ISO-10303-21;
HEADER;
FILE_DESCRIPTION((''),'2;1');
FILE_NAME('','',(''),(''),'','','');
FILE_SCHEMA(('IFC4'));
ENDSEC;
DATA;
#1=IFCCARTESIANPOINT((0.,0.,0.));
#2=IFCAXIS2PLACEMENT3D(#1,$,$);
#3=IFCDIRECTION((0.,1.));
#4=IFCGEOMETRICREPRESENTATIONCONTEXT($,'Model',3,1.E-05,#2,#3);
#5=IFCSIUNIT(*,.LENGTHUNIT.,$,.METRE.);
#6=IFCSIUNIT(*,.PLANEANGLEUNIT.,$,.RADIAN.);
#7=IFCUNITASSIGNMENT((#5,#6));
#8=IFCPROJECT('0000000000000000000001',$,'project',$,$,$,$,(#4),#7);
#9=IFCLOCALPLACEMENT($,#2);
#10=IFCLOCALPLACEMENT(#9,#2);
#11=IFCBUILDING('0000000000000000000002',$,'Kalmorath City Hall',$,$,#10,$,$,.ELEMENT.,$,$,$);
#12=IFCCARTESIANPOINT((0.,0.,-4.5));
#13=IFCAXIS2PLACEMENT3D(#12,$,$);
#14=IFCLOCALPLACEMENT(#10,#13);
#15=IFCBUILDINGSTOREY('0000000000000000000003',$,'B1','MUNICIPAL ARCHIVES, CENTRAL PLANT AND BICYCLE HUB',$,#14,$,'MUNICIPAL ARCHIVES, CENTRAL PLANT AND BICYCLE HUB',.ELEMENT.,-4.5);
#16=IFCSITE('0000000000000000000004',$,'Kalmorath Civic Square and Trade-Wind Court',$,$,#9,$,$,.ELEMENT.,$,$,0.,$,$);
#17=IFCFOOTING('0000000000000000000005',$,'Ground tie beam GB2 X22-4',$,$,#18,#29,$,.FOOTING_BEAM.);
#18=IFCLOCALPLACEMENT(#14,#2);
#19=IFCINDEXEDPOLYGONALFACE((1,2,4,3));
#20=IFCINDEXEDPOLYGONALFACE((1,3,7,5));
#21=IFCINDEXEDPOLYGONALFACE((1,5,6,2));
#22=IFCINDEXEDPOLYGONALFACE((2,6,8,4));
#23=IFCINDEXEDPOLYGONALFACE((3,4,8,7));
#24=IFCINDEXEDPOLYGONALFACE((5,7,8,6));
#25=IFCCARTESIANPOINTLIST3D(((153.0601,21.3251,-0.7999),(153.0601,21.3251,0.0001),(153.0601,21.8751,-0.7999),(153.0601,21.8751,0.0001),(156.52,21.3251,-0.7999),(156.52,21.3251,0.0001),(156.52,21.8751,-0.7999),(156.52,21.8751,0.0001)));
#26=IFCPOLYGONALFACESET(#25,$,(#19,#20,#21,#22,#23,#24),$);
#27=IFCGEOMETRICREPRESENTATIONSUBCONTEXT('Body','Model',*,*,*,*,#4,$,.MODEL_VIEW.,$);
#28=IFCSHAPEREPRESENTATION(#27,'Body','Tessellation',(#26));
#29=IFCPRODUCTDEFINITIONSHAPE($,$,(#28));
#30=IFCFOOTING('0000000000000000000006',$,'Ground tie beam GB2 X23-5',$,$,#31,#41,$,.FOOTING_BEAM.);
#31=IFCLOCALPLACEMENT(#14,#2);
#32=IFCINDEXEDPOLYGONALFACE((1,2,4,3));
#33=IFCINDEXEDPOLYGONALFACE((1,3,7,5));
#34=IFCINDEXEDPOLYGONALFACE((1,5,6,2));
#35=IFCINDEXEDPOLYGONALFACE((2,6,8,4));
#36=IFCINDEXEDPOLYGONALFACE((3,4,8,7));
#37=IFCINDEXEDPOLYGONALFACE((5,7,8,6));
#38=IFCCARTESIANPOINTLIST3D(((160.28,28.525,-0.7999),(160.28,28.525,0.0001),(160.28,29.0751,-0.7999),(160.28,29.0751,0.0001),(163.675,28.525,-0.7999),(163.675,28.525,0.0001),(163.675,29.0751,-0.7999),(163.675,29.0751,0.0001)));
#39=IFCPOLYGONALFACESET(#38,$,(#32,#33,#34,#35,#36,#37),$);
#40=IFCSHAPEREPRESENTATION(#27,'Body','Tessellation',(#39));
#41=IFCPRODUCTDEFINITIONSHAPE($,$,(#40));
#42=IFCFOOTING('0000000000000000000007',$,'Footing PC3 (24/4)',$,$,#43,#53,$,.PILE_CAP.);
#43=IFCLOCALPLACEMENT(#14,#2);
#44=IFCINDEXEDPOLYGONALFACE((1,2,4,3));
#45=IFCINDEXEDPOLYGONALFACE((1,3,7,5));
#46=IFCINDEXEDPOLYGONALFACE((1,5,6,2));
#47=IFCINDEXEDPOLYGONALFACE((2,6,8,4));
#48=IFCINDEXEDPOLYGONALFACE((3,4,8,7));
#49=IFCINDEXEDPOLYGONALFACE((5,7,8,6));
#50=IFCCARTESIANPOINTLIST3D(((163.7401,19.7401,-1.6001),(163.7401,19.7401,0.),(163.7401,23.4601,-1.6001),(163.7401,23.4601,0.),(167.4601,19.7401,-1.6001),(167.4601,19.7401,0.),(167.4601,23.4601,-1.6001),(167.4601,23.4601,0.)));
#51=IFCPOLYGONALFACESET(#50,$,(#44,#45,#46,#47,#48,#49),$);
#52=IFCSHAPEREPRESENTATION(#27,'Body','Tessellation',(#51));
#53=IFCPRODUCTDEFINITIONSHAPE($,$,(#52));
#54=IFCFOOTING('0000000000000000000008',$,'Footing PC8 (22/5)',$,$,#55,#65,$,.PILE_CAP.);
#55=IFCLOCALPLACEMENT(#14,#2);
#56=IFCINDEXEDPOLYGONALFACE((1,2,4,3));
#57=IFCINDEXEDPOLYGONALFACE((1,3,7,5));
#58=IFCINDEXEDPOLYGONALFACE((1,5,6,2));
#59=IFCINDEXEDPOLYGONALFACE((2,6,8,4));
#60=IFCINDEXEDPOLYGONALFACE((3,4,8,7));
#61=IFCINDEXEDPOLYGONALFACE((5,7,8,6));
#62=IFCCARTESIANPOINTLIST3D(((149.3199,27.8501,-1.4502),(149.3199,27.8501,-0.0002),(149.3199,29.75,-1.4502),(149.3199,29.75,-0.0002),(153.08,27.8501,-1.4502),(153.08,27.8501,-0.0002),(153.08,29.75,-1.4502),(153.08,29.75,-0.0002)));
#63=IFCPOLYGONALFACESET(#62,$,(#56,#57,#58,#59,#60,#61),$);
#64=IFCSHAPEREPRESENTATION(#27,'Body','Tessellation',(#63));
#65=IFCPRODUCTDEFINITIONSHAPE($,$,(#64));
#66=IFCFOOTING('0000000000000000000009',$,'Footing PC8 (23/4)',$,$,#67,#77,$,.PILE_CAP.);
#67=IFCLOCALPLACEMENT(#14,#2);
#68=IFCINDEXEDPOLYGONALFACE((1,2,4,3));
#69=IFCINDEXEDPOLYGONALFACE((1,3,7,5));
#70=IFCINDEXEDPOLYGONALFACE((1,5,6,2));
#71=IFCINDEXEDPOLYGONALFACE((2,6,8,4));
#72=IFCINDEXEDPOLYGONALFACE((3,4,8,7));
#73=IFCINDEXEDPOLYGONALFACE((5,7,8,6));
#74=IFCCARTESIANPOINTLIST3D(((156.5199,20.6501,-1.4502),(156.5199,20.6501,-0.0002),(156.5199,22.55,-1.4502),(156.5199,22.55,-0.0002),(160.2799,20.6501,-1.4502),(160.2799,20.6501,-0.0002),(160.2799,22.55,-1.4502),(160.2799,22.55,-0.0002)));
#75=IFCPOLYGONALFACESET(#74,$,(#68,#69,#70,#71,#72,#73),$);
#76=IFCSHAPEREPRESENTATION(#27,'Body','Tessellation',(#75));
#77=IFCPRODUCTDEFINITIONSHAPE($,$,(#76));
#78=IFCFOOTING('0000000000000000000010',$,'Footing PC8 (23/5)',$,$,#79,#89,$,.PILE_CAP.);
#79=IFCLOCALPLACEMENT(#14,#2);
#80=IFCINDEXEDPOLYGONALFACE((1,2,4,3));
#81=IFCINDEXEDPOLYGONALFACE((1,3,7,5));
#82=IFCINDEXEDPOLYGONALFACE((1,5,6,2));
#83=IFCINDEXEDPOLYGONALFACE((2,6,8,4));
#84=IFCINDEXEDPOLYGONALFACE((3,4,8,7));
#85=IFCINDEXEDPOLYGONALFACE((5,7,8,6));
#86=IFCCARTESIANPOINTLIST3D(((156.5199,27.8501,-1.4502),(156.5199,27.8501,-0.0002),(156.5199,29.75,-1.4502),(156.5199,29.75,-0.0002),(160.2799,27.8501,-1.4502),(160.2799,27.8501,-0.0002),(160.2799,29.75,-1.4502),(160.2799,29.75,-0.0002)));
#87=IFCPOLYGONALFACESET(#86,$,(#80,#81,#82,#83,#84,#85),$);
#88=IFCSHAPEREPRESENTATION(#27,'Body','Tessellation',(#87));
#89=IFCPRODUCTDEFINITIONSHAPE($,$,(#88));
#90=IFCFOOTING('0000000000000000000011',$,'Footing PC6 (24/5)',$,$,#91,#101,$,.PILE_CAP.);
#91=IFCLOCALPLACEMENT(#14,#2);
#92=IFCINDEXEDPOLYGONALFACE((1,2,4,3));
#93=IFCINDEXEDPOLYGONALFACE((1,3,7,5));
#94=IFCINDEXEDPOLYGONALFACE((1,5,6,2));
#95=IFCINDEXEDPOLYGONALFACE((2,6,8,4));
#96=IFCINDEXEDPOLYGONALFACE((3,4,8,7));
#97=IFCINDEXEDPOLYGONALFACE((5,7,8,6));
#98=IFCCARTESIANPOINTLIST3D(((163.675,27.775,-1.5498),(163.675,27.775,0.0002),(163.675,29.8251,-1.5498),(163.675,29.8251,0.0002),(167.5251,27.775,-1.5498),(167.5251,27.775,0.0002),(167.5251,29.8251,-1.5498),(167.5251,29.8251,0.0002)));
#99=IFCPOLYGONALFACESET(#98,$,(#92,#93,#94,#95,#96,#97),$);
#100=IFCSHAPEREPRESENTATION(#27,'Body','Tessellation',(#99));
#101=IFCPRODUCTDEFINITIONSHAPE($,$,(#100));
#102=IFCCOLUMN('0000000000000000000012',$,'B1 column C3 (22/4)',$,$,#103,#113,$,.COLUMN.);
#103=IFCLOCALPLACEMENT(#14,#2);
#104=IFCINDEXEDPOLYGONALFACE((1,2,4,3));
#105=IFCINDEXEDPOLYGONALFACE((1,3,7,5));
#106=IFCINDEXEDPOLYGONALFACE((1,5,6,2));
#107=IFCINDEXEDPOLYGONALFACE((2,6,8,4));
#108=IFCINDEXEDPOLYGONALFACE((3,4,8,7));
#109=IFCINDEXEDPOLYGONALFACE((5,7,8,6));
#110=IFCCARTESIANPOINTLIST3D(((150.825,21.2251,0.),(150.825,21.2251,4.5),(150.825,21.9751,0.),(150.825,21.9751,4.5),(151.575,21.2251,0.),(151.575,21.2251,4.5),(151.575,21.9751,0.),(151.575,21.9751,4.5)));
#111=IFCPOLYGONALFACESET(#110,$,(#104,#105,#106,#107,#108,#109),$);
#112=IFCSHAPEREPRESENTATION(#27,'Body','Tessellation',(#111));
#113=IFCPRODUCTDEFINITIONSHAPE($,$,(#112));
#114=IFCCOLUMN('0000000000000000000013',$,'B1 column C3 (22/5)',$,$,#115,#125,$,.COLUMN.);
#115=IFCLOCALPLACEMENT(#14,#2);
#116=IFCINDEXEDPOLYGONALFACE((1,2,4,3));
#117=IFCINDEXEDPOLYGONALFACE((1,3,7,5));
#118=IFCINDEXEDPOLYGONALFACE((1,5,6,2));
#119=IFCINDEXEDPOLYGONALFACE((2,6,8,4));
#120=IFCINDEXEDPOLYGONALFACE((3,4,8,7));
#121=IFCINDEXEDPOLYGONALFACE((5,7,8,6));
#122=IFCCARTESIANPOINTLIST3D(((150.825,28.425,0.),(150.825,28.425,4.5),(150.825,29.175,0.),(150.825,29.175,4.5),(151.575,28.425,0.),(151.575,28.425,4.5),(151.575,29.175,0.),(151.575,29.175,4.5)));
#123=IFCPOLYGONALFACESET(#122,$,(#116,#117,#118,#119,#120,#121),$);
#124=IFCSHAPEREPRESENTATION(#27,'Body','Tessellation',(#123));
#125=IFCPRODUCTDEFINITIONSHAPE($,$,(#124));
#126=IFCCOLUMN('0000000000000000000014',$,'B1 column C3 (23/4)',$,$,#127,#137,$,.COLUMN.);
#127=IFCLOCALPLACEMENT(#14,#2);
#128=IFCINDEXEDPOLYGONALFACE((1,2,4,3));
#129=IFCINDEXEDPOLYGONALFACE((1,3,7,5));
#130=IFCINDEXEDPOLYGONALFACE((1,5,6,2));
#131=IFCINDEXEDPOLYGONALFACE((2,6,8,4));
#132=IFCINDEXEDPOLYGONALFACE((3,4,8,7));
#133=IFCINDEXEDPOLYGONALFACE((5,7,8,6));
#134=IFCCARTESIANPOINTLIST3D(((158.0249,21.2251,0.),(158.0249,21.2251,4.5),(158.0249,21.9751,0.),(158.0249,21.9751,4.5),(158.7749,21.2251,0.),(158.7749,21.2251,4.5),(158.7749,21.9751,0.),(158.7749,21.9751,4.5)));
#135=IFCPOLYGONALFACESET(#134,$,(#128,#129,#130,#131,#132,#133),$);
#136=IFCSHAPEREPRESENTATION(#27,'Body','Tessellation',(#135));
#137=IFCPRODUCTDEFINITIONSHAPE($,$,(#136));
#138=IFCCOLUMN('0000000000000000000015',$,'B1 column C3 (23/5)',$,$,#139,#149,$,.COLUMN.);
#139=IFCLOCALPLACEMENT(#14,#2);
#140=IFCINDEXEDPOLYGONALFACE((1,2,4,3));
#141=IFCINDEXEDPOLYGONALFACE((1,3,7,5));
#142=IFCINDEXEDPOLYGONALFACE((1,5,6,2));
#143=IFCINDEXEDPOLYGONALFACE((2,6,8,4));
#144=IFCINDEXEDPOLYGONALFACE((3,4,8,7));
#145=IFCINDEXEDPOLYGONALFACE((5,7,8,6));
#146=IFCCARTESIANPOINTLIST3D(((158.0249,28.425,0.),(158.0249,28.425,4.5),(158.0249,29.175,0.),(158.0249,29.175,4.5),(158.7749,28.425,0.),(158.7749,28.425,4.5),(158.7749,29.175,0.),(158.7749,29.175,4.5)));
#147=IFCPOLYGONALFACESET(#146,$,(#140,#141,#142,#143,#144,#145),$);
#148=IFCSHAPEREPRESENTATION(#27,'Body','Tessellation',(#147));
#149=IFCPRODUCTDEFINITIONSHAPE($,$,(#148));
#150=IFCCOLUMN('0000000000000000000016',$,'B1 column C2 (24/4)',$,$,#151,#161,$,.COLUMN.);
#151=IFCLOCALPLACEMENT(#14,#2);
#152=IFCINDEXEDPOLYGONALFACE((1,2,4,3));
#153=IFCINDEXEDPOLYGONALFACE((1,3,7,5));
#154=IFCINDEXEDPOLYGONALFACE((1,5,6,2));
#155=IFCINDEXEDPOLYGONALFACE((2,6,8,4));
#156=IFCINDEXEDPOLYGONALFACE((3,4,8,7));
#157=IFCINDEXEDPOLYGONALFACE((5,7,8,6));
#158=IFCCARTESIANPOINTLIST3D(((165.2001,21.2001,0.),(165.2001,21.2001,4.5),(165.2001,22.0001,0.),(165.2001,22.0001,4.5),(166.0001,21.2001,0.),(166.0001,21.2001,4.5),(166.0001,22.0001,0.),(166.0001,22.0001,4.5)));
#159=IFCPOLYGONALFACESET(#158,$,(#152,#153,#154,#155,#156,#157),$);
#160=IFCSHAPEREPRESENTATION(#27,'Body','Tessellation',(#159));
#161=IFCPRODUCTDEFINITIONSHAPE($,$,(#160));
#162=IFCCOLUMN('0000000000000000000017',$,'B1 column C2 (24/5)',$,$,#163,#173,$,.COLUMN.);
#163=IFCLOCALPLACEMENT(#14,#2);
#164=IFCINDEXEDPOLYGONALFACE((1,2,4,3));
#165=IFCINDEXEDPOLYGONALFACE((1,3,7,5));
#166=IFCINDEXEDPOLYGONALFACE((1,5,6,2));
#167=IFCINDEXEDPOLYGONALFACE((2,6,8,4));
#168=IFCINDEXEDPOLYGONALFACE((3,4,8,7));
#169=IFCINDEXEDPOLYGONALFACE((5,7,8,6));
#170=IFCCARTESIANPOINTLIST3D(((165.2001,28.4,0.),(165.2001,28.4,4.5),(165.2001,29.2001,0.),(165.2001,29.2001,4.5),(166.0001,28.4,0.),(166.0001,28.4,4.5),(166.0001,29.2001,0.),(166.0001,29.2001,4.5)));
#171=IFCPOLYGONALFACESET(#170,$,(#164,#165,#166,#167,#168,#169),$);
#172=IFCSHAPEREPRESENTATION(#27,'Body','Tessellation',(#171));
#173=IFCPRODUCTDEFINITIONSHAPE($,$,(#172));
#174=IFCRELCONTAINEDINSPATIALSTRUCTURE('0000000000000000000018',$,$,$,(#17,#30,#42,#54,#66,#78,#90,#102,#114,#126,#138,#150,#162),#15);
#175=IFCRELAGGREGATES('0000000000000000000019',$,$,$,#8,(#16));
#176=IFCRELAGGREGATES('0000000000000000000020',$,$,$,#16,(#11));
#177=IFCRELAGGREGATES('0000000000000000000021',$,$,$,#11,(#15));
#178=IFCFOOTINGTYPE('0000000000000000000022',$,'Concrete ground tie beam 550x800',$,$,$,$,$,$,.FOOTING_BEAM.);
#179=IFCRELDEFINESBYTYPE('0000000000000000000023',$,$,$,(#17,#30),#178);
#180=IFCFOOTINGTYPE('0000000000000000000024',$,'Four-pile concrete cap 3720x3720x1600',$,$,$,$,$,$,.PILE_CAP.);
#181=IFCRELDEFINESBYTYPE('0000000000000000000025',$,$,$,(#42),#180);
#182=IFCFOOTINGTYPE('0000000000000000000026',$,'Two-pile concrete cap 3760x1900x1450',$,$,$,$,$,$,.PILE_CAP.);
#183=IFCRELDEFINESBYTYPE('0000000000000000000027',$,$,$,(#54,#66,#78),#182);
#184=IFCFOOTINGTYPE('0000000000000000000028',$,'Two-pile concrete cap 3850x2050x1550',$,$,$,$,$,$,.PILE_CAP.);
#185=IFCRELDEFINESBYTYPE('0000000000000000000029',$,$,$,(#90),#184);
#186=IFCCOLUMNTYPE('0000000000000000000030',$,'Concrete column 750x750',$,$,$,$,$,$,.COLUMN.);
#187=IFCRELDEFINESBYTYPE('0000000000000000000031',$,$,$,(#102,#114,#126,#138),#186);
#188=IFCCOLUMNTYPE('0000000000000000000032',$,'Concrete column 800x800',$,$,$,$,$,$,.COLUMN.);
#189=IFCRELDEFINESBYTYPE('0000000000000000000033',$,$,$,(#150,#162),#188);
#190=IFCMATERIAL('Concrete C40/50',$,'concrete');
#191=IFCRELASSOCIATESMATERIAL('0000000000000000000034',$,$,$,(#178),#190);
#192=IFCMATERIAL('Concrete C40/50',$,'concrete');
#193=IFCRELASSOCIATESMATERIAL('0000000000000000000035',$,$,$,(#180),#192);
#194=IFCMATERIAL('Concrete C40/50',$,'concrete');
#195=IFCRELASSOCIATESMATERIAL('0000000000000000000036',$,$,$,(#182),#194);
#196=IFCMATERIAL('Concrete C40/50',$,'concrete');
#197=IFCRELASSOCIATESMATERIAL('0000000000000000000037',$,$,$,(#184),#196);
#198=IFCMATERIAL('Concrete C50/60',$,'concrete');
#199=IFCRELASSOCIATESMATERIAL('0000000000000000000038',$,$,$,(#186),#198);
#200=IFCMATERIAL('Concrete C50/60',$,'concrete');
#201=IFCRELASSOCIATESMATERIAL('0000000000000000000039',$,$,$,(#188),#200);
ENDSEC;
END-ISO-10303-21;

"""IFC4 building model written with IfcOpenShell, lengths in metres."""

from ifc_helpers import new_model, si_unit, direction, frame, origin, origin_2d, place, context, subcontext, project, spatial, rectangle, extrude, material, material_profile, profile_set, type_object, element, save


model = new_model("IFC4")

# Units and contexts
model_context = context("Model", 3, precision=1e-05, world=origin(), true_north=direction((0.0, 1.0)))
body_context = subcontext(model_context, "Body", "Model", "MODEL_VIEW")
ifc_project = project(units=[si_unit("LENGTHUNIT", "METRE"), si_unit("PLANEANGLEUNIT", "RADIAN")], contexts=[model_context])

# Site, building, storey
site_placement = place(None, origin())
site = spatial("IfcSite", under=ifc_project, at=site_placement, Name="Kalmorath Civic Square and Trade-Wind Court", CompositionType="ELEMENT", RefElevation=0.0)
building_placement = place(site_placement, origin())
building = spatial("IfcBuilding", under=site, at=building_placement, Name="Kalmorath City Hall", CompositionType="ELEMENT")
storey_placement = place(building_placement, frame((0.0, 0.0, -4.5)))
storey = spatial("IfcBuildingStorey", under=building, at=storey_placement, Name="B1", Description="MUNICIPAL ARCHIVES, CENTRAL PLANT AND BICYCLE HUB", LongName="MUNICIPAL ARCHIVES, CENTRAL PLANT AND BICYCLE HUB", CompositionType="ELEMENT", Elevation=-4.5)

# Footings
ifc_material_1 = material(Name="Concrete C40/50", Category="concrete")
ifc_material_profile_1 = material_profile(ifc_material_1, rectangle(XDim=0.55, YDim=0.8, at=origin_2d()), Name="RC-BM-550X800")
ifc_profile_set_1 = profile_set([ifc_material_profile_1], Name="Concrete C40/50")
footing_type_1 = type_object("IfcFootingType", Name="Concrete ground tie beam 550x800", PredefinedType="FOOTING_BEAM", material=ifc_profile_set_1)
footing_1_placement = place(storey_placement, frame((153.0601, 21.6001, -0.3999), z_axis=(1.0, 0.0, 0.0), x_axis=(0.0, 1.0, 0.0)))
element("IfcFooting", 1, at=footing_1_placement, inside=storey, type_object=footing_type_1, Name="Ground tie beam GB2 X22-4", PredefinedType="FOOTING_BEAM", context=body_context, shape_type="SweptSolid", body=[
    extrude(rectangle(XDim=0.55, YDim=0.8, at=origin_2d()), origin(), (0.0, 0.0, 1.0), 3.46),
])
footing_2_placement = place(storey_placement, frame((160.28, 28.8, -0.3999), z_axis=(1.0, 0.0, 0.0), x_axis=(0.0, 1.0, 0.0)))
element("IfcFooting", 2, at=footing_2_placement, inside=storey, type_object=footing_type_1, Name="Ground tie beam GB2 X23-5", PredefinedType="FOOTING_BEAM", context=body_context, shape_type="SweptSolid", body=[
    extrude(rectangle(XDim=0.55, YDim=0.8, at=origin_2d()), origin(), (0.0, 0.0, 1.0), 3.395),
])
ifc_material_2 = material(Name="Concrete C40/50", Category="concrete")
footing_type_2 = type_object("IfcFootingType", Name="Four-pile concrete cap 3720x3720x1600", PredefinedType="PILE_CAP", material=ifc_material_2)
footing_3_placement = place(storey_placement, frame((165.6001, 21.6001, -1.6001), z_axis=(0.0, 0.0, 1.0), x_axis=(1.0, 0.0, 0.0)))
element("IfcFooting", 3, at=footing_3_placement, inside=storey, type_object=footing_type_2, Name="Footing PC3 (24/4)", PredefinedType="PILE_CAP", context=body_context, shape_type="SweptSolid", body=[
    extrude(rectangle(XDim=3.72, YDim=3.72, at=origin_2d()), origin(), (0.0, 0.0, 1.0), 1.6001),
])
ifc_material_3 = material(Name="Concrete C40/50", Category="concrete")
footing_type_3 = type_object("IfcFootingType", Name="Two-pile concrete cap 3760x1900x1450", PredefinedType="PILE_CAP", material=ifc_material_3)
for number, where, z_axis, x_axis, name in (
    (4, (151.2, 28.8, -1.4502), (0.0, 0.0, 1.0), (1.0, 0.0, 0.0), "Footing PC8 (22/5)"),
    (5, (158.3999, 21.6001, -1.4502), (0.0, 0.0, 1.0), (1.0, 0.0, 0.0), "Footing PC8 (23/4)"),
    (6, (158.3999, 28.8, -1.4502), (0.0, 0.0, 1.0), (1.0, 0.0, 0.0), "Footing PC8 (23/5)"),
):
    element("IfcFooting", number, at=place(storey_placement, frame(where, z_axis=z_axis, x_axis=x_axis)), inside=storey, type_object=footing_type_3, Name=name, PredefinedType="PILE_CAP", context=body_context, shape_type="SweptSolid", body=[
        extrude(rectangle(XDim=3.76, YDim=1.8999, at=origin_2d()), origin(), (0.0, 0.0, 1.0), 1.45),
    ])
ifc_material_4 = material(Name="Concrete C40/50", Category="concrete")
footing_type_4 = type_object("IfcFootingType", Name="Two-pile concrete cap 3850x2050x1550", PredefinedType="PILE_CAP", material=ifc_material_4)
footing_4_placement = place(storey_placement, frame((165.6001, 28.8, -1.5498), z_axis=(0.0, 0.0, 1.0), x_axis=(1.0, 0.0, 0.0)))
element("IfcFooting", 7, at=footing_4_placement, inside=storey, type_object=footing_type_4, Name="Footing PC6 (24/5)", PredefinedType="PILE_CAP", context=body_context, shape_type="SweptSolid", body=[
    extrude(rectangle(XDim=3.8501, YDim=2.05, at=origin_2d()), origin(), (0.0, 0.0, 1.0), 1.55),
])

# Columns
ifc_material_5 = material(Name="Concrete C50/60", Category="concrete")
ifc_material_profile_2 = material_profile(ifc_material_5, rectangle(XDim=0.75, YDim=0.75, at=origin_2d()), Name="RC-COL-750X750")
ifc_profile_set_2 = profile_set([ifc_material_profile_2], Name="Concrete C50/60")
column_type_1 = type_object("IfcColumnType", Name="Concrete column 750x750", PredefinedType="COLUMN", material=ifc_profile_set_2)
for number, where, z_axis, x_axis, name in (
    (8, (151.2, 21.6001, 0.0), (0.0, 0.0, 1.0), (1.0, 0.0, 0.0), "B1 column C3 (22/4)"),
    (9, (151.2, 28.8, 0.0), (0.0, 0.0, 1.0), (1.0, 0.0, 0.0), "B1 column C3 (22/5)"),
    (10, (158.3999, 21.6001, 0.0), (0.0, 0.0, 1.0), (1.0, 0.0, 0.0), "B1 column C3 (23/4)"),
    (11, (158.3999, 28.8, 0.0), (0.0, 0.0, 1.0), (1.0, 0.0, 0.0), "B1 column C3 (23/5)"),
):
    element("IfcColumn", number, at=place(storey_placement, frame(where, z_axis=z_axis, x_axis=x_axis)), inside=storey, type_object=column_type_1, Name=name, PredefinedType="COLUMN", context=body_context, shape_type="SweptSolid", body=[
        extrude(rectangle(XDim=0.75, YDim=0.75, at=origin_2d()), origin(), (0.0, 0.0, 1.0), 4.5),
    ])
ifc_material_6 = material(Name="Concrete C50/60", Category="concrete")
ifc_material_profile_3 = material_profile(ifc_material_6, rectangle(XDim=0.8, YDim=0.8, at=origin_2d()), Name="RC-COL-800X800")
ifc_profile_set_3 = profile_set([ifc_material_profile_3], Name="Concrete C50/60")
column_type_2 = type_object("IfcColumnType", Name="Concrete column 800x800", PredefinedType="COLUMN", material=ifc_profile_set_3)
for number, where, z_axis, x_axis, name in (
    (12, (165.6001, 21.6001, 0.0), (0.0, 0.0, 1.0), (1.0, 0.0, 0.0), "B1 column C2 (24/4)"),
    (13, (165.6001, 28.8, 0.0), (0.0, 0.0, 1.0), (1.0, 0.0, 0.0), "B1 column C2 (24/5)"),
):
    element("IfcColumn", number, at=place(storey_placement, frame(where, z_axis=z_axis, x_axis=x_axis)), inside=storey, type_object=column_type_2, Name=name, PredefinedType="COLUMN", context=body_context, shape_type="SweptSolid", body=[
        extrude(rectangle(XDim=0.8, YDim=0.8, at=origin_2d()), origin(), (0.0, 0.0, 1.0), 4.5),
    ])

save(model, "model.ifc")
